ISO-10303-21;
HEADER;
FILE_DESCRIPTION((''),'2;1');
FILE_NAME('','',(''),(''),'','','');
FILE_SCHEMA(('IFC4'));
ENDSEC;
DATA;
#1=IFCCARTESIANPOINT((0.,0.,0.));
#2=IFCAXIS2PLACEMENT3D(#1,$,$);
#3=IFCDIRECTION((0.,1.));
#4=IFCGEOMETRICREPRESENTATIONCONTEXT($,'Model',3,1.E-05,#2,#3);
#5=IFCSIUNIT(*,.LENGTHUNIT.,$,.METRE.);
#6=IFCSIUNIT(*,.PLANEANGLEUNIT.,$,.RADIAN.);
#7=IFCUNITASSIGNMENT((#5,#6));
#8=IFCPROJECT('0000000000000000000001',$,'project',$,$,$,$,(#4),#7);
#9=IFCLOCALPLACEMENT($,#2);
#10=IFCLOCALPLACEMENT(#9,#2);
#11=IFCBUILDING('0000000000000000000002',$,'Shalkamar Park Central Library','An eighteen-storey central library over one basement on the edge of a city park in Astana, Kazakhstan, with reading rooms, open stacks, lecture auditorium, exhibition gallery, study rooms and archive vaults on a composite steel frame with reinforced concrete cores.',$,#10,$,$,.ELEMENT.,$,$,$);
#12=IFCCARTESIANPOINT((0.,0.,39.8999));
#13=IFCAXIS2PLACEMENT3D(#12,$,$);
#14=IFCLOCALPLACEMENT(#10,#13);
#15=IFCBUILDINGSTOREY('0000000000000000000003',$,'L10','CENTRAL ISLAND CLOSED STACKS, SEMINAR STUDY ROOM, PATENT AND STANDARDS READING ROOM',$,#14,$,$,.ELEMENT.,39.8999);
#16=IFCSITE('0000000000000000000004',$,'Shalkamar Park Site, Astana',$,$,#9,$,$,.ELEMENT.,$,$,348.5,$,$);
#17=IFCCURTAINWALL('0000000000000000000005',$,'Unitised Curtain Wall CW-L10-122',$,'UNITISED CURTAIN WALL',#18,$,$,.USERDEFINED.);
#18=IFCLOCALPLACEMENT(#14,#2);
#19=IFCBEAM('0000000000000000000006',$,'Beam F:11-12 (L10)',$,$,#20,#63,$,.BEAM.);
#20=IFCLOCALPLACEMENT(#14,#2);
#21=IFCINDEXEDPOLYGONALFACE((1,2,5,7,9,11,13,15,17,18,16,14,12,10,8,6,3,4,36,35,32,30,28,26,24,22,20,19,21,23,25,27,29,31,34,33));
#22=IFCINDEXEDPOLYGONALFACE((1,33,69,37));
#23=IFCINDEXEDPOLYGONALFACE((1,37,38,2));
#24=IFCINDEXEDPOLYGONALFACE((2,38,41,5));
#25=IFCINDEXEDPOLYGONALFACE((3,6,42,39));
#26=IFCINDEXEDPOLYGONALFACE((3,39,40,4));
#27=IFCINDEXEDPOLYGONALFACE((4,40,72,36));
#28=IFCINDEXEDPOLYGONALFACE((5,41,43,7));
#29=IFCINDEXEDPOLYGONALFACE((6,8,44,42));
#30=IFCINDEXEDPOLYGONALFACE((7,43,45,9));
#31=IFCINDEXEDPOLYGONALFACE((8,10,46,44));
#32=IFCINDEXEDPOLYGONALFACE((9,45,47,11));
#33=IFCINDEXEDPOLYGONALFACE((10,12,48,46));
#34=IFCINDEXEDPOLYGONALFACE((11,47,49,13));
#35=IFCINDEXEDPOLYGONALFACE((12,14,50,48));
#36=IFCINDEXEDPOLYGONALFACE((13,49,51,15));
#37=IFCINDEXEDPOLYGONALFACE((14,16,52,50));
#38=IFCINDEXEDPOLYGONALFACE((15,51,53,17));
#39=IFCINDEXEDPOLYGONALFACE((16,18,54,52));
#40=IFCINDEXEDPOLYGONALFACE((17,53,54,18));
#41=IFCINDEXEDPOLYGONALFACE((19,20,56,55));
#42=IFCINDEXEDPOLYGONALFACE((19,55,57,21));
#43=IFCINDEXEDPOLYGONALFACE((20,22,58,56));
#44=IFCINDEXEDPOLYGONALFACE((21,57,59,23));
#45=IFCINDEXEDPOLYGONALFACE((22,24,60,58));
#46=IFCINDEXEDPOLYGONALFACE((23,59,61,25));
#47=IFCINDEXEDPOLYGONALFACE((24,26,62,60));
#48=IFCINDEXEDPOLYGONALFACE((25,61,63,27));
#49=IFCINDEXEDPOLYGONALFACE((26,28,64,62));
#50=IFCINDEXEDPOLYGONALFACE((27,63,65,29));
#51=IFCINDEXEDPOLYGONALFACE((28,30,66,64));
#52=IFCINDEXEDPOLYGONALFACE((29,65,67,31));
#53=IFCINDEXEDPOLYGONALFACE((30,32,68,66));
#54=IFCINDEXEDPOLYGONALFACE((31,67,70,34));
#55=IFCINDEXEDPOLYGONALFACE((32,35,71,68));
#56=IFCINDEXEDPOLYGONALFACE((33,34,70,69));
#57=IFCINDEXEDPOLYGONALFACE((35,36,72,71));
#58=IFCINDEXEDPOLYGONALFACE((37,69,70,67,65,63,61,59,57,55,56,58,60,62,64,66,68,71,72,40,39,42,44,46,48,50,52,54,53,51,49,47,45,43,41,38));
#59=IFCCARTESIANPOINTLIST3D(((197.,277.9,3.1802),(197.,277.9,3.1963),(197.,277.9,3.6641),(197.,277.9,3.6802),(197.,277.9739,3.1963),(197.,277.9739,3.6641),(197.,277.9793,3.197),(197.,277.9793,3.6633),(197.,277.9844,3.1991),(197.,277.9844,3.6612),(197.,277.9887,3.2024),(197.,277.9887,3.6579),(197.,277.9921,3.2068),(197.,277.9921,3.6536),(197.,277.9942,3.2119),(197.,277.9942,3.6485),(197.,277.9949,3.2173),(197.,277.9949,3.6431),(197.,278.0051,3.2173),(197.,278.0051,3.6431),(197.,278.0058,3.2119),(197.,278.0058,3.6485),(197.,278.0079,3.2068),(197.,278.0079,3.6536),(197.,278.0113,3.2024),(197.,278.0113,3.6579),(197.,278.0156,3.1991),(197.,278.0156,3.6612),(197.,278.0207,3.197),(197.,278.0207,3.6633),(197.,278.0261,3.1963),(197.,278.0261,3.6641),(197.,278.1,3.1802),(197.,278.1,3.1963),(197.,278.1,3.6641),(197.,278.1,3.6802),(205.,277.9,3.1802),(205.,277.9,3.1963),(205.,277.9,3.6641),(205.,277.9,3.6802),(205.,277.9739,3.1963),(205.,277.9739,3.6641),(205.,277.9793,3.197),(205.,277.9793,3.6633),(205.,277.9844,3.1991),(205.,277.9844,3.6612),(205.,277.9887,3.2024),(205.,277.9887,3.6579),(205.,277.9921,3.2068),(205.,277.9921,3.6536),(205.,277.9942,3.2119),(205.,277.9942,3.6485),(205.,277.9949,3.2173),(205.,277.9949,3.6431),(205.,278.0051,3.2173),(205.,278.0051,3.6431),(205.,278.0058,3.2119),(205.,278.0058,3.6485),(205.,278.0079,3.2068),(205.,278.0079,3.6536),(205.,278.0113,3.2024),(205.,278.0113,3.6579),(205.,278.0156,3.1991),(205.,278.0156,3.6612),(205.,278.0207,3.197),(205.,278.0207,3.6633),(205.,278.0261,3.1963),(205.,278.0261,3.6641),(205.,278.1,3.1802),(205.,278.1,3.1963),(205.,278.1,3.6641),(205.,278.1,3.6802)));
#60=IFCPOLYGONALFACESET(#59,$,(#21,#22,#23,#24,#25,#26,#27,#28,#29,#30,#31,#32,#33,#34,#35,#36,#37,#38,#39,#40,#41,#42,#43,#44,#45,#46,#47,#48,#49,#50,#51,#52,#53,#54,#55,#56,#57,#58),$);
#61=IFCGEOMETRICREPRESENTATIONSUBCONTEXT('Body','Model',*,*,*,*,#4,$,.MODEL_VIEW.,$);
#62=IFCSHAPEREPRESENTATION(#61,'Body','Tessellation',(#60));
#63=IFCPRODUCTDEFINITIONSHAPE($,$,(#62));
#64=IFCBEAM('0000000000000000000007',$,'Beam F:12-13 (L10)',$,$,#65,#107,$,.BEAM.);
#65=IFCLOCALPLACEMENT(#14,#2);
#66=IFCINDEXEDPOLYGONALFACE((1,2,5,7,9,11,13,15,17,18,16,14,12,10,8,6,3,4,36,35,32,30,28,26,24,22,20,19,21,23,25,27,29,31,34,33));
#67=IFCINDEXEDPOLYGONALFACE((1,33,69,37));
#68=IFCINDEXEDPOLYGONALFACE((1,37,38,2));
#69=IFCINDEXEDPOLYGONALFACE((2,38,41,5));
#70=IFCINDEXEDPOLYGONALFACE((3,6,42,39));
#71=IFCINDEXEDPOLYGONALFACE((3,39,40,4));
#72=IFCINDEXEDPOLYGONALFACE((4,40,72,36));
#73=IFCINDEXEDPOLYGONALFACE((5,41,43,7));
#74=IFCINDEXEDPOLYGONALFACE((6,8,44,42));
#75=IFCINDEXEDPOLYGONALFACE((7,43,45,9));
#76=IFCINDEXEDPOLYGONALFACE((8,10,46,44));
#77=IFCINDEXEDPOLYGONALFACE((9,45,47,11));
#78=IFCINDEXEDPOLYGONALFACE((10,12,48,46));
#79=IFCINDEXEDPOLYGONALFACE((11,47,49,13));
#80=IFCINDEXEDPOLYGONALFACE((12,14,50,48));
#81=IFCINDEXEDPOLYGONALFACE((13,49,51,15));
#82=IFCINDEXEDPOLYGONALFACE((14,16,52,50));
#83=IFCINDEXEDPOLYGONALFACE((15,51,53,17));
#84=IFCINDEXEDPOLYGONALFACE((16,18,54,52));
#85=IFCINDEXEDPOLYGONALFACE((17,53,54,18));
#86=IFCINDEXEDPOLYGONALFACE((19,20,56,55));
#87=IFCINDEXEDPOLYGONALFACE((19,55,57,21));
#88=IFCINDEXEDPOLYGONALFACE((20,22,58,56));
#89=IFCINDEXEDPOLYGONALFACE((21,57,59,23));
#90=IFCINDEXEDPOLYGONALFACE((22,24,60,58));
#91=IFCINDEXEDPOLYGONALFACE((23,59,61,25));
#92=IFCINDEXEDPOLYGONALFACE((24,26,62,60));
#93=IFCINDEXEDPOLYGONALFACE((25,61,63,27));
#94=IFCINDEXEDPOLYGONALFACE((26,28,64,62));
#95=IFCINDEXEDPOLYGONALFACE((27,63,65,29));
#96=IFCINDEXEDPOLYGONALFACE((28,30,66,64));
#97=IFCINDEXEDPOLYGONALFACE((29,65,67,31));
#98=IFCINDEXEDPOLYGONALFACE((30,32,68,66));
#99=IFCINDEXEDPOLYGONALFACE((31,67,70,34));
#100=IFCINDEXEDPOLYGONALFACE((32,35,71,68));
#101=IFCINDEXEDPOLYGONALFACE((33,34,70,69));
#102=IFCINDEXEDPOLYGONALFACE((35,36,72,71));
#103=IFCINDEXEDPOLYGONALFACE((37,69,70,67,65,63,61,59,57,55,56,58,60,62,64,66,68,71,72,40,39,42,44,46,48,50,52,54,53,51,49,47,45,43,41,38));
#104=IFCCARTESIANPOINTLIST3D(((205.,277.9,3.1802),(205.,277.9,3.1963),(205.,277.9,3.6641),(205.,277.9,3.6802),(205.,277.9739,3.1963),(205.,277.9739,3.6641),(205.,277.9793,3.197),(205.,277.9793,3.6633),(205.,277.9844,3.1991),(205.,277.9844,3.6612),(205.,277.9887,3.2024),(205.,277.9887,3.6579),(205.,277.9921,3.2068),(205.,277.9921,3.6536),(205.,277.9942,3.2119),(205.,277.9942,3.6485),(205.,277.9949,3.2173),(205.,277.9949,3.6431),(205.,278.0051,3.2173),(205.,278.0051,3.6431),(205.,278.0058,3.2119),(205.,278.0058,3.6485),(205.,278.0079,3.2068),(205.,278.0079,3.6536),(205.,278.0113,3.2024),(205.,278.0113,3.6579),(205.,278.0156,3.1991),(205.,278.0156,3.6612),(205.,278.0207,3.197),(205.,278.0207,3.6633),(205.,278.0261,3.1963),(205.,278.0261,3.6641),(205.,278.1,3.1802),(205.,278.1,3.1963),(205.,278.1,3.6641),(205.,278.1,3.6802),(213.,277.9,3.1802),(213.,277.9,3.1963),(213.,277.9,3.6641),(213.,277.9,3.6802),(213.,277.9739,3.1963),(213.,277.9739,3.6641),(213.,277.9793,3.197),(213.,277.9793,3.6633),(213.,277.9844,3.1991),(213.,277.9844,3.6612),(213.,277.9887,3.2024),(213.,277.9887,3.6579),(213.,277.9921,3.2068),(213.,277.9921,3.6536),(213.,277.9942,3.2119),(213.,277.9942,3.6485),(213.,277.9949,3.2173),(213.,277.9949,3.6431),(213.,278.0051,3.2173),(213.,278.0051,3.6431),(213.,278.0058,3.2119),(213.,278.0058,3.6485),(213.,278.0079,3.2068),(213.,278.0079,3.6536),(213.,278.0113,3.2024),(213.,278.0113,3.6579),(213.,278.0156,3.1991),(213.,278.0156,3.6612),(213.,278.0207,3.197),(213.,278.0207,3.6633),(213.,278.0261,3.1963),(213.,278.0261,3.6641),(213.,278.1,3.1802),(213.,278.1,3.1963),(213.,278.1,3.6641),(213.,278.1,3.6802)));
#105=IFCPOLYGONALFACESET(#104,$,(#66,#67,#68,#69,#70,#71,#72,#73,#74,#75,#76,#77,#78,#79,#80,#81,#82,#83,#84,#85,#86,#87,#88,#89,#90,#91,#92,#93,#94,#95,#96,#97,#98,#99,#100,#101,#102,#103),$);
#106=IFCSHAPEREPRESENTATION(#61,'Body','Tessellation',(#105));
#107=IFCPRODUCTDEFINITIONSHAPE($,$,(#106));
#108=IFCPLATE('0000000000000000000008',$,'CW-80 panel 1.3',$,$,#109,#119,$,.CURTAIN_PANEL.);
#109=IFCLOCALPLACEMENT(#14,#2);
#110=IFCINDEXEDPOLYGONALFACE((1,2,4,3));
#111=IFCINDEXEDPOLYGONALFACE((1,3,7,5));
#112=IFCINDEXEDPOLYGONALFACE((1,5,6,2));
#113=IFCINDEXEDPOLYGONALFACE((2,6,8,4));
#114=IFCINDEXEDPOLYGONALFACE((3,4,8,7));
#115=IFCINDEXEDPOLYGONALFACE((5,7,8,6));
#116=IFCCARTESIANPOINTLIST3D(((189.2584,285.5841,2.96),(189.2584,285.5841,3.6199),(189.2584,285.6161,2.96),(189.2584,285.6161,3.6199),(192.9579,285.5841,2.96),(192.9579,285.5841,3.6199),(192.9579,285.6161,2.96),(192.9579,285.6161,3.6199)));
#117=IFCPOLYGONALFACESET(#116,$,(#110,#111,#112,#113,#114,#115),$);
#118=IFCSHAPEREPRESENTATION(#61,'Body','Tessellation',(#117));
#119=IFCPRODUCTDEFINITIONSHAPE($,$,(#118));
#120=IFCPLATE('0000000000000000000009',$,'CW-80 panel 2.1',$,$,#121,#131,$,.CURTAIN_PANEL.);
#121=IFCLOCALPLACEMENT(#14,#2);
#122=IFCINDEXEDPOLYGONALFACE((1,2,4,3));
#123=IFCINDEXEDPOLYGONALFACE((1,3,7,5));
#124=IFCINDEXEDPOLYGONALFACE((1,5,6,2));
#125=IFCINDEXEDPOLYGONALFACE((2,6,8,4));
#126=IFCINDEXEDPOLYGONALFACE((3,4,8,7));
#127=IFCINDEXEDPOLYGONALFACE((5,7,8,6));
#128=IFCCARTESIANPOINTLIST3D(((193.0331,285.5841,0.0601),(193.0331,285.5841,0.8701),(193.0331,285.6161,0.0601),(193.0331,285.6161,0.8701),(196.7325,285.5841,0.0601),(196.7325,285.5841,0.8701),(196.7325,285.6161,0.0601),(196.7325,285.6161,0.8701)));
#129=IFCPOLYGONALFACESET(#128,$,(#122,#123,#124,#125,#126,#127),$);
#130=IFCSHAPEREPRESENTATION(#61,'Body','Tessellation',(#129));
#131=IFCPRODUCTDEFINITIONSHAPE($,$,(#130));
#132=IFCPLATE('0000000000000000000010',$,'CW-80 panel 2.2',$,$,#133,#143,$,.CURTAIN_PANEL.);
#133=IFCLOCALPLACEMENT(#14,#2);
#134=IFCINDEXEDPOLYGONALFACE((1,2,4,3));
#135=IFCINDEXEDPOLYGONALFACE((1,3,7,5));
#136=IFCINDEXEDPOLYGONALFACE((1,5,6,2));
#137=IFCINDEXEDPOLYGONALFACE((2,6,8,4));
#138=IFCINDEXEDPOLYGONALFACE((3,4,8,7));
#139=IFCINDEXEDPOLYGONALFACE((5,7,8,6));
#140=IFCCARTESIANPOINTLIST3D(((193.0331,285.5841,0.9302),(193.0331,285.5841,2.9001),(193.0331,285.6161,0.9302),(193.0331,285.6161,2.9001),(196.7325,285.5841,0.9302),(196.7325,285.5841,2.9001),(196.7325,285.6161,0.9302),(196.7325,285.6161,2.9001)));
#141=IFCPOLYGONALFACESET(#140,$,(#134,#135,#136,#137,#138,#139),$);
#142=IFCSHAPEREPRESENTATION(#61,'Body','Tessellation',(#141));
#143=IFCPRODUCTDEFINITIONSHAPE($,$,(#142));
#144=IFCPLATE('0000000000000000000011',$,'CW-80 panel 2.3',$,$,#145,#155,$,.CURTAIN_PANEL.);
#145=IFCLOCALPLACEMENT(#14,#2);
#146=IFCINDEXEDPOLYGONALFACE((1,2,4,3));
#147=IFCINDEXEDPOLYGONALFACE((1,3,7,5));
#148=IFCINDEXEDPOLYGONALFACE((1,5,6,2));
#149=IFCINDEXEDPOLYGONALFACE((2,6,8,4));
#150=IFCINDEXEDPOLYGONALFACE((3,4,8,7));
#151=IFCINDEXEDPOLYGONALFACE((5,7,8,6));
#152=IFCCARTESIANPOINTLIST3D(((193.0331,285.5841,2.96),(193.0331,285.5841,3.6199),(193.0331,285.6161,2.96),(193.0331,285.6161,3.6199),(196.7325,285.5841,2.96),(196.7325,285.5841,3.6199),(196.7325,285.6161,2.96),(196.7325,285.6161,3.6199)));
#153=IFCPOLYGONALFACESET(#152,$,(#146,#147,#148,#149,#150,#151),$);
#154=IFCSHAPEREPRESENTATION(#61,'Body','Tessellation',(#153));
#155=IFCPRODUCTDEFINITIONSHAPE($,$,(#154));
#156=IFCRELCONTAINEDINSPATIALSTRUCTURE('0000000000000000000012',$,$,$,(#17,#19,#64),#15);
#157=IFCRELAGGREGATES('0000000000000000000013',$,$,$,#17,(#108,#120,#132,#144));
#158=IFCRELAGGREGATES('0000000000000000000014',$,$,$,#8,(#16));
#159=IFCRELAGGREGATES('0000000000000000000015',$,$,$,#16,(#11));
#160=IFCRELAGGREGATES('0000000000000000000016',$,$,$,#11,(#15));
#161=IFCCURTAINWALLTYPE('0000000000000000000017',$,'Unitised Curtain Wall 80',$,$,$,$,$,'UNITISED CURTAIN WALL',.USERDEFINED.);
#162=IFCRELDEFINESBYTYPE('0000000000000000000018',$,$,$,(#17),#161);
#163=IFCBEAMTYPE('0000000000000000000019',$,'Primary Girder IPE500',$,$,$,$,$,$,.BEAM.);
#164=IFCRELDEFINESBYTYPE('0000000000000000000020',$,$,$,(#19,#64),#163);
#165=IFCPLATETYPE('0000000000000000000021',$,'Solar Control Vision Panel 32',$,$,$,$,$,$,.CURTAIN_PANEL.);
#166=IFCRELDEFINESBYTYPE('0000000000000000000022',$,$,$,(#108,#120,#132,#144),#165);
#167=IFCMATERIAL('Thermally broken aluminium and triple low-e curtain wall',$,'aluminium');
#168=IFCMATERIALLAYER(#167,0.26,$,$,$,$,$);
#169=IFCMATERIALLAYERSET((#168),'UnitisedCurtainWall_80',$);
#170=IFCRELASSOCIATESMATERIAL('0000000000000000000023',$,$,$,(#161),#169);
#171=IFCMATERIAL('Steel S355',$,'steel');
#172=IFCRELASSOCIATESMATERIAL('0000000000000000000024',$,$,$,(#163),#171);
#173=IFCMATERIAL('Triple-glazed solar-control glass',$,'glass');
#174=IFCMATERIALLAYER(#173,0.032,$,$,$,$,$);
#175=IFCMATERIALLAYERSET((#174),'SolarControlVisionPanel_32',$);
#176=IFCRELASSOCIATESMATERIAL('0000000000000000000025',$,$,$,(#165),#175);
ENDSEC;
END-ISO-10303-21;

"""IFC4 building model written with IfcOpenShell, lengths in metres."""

from ifc_helpers import new_model, si_unit, direction, frame, origin, origin_2d, place, context, subcontext, project, spatial, rectangle, i_section, extrude, material, layer, layer_set, material_profile, profile_set, type_object, element, aggregate, save


model = new_model("IFC4")

# Units and contexts
model_context = context("Model", 3, precision=1e-05, world=origin(), true_north=direction((0.0, 1.0)))
body_context = subcontext(model_context, "Body", "Model", "MODEL_VIEW")
ifc_project = project(units=[si_unit("LENGTHUNIT", "METRE"), si_unit("PLANEANGLEUNIT", "RADIAN")], contexts=[model_context])

# Site, building, storey
site_placement = place(None, origin())
site = spatial("IfcSite", under=ifc_project, at=site_placement, Name="Shalkamar Park Site, Astana", CompositionType="ELEMENT", RefElevation=348.5)
building_placement = place(site_placement, origin())
building = spatial("IfcBuilding", under=site, at=building_placement, Name="Shalkamar Park Central Library", Description="An eighteen-storey central library over one basement on the edge of a city park in Astana, Kazakhstan, with reading rooms, open stacks, lecture auditorium, exhibition gallery, study rooms and archive vaults on a composite steel frame with reinforced concrete cores.", CompositionType="ELEMENT")
storey_placement = place(building_placement, frame((0.0, 0.0, 39.8999)))
storey = spatial("IfcBuildingStorey", under=building, at=storey_placement, Name="L10", Description="CENTRAL ISLAND CLOSED STACKS, SEMINAR STUDY ROOM, PATENT AND STANDARDS READING ROOM", CompositionType="ELEMENT", Elevation=39.8999)

# Shared definitions
ifc_material_1 = material(Name="Steel S355", Category="steel")

# Curtain wall
ifc_material_2 = material(Name="Thermally broken aluminium and triple low-e curtain wall", Category="aluminium")
ifc_layer_1 = layer(ifc_material_2, 0.26)
ifc_layer_set_1 = layer_set([ifc_layer_1], Name="UnitisedCurtainWall_80")
curtain_wall_type = type_object("IfcCurtainWallType", Name="Unitised Curtain Wall 80", ElementType="UNITISED CURTAIN WALL", PredefinedType="USERDEFINED", material=ifc_layer_set_1)
curtain_wall_placement = place(storey_placement, origin())
curtain_wall = element("IfcCurtainWall", 1, at=curtain_wall_placement, inside=storey, type_object=curtain_wall_type, Name="Unitised Curtain Wall CW-L10-122", ObjectType="UNITISED CURTAIN WALL", PredefinedType="USERDEFINED")

# Beams
ifc_material_profile_1 = material_profile(ifc_material_1, i_section(OverallWidth=0.2, OverallDepth=0.5, WebThickness=0.0103, FlangeThickness=0.0161, FilletRadius=0.021, at=origin_2d()), Name="IPE 500")
ifc_profile_set_1 = profile_set([ifc_material_profile_1], Name="Steel S355")
beam_type_1 = type_object("IfcBeamType", Name="Primary Girder IPE500", PredefinedType="BEAM", material=ifc_profile_set_1)
for number, where, z_axis, x_axis, name in (
    (2, (197.0, 278.0, 3.4302), (1.0, 0.0, 0.0), (0.0, 1.0, 0.0), "Beam F:11-12 (L10)"),
    (3, (205.0, 278.0, 3.4302), (1.0, 0.0, 0.0), (0.0, 1.0, 0.0), "Beam F:12-13 (L10)"),
):
    element("IfcBeam", number, at=place(storey_placement, frame(where, z_axis=z_axis, x_axis=x_axis)), inside=storey, type_object=beam_type_1, Name=name, PredefinedType="BEAM", context=body_context, shape_type="SweptSolid", body=[
        extrude(i_section(OverallWidth=0.2, OverallDepth=0.5, WebThickness=0.0103, FlangeThickness=0.0161, FilletRadius=0.021, at=origin_2d()), origin(), (0.0, 0.0, 1.0), 8.0),
    ])

# Plates
ifc_material_3 = material(Name="Triple-glazed solar-control glass", Category="glass")
ifc_layer_2 = layer(ifc_material_3, 0.032)
ifc_layer_set_2 = layer_set([ifc_layer_2], Name="SolarControlVisionPanel_32")
plate_type = type_object("IfcPlateType", Name="Solar Control Vision Panel 32", PredefinedType="CURTAIN_PANEL", material=ifc_layer_set_2)
plate_1_placement = place(storey_placement, frame((191.1082, 285.6001, 2.96), z_axis=(0.0, 0.0, 1.0), x_axis=(1.0, 0.0, 0.0)))
plate_1 = element("IfcPlate", 4, at=plate_1_placement, type_object=plate_type, Name="CW-80 panel 1.3", PredefinedType="CURTAIN_PANEL", context=body_context, shape_type="SweptSolid", body=[
    extrude(rectangle(XDim=3.6995, YDim=0.032, at=origin_2d()), origin(), (0.0, 0.0, 1.0), 0.6599),
])
plate_2_placement = place(storey_placement, frame((194.8828, 285.6001, 0.0601), z_axis=(0.0, 0.0, 1.0), x_axis=(1.0, 0.0, 0.0)))
plate_2 = element("IfcPlate", 5, at=plate_2_placement, type_object=plate_type, Name="CW-80 panel 2.1", PredefinedType="CURTAIN_PANEL", context=body_context, shape_type="SweptSolid", body=[
    extrude(rectangle(XDim=3.6995, YDim=0.032, at=origin_2d()), origin(), (0.0, 0.0, 1.0), 0.8101),
])
plate_3_placement = place(storey_placement, frame((194.8828, 285.6001, 0.9302), z_axis=(0.0, 0.0, 1.0), x_axis=(1.0, 0.0, 0.0)))
plate_3 = element("IfcPlate", 6, at=plate_3_placement, type_object=plate_type, Name="CW-80 panel 2.2", PredefinedType="CURTAIN_PANEL", context=body_context, shape_type="SweptSolid", body=[
    extrude(rectangle(XDim=3.6995, YDim=0.032, at=origin_2d()), origin(), (0.0, 0.0, 1.0), 1.97),
])
plate_4_placement = place(storey_placement, frame((194.8828, 285.6001, 2.96), z_axis=(0.0, 0.0, 1.0), x_axis=(1.0, 0.0, 0.0)))
plate_4 = element("IfcPlate", 7, at=plate_4_placement, type_object=plate_type, Name="CW-80 panel 2.3", PredefinedType="CURTAIN_PANEL", context=body_context, shape_type="SweptSolid", body=[
    extrude(rectangle(XDim=3.6995, YDim=0.032, at=origin_2d()), origin(), (0.0, 0.0, 1.0), 0.6599),
])
aggregate(curtain_wall, [plate_1, plate_2, plate_3, plate_4])

save(model, "model.ifc")
